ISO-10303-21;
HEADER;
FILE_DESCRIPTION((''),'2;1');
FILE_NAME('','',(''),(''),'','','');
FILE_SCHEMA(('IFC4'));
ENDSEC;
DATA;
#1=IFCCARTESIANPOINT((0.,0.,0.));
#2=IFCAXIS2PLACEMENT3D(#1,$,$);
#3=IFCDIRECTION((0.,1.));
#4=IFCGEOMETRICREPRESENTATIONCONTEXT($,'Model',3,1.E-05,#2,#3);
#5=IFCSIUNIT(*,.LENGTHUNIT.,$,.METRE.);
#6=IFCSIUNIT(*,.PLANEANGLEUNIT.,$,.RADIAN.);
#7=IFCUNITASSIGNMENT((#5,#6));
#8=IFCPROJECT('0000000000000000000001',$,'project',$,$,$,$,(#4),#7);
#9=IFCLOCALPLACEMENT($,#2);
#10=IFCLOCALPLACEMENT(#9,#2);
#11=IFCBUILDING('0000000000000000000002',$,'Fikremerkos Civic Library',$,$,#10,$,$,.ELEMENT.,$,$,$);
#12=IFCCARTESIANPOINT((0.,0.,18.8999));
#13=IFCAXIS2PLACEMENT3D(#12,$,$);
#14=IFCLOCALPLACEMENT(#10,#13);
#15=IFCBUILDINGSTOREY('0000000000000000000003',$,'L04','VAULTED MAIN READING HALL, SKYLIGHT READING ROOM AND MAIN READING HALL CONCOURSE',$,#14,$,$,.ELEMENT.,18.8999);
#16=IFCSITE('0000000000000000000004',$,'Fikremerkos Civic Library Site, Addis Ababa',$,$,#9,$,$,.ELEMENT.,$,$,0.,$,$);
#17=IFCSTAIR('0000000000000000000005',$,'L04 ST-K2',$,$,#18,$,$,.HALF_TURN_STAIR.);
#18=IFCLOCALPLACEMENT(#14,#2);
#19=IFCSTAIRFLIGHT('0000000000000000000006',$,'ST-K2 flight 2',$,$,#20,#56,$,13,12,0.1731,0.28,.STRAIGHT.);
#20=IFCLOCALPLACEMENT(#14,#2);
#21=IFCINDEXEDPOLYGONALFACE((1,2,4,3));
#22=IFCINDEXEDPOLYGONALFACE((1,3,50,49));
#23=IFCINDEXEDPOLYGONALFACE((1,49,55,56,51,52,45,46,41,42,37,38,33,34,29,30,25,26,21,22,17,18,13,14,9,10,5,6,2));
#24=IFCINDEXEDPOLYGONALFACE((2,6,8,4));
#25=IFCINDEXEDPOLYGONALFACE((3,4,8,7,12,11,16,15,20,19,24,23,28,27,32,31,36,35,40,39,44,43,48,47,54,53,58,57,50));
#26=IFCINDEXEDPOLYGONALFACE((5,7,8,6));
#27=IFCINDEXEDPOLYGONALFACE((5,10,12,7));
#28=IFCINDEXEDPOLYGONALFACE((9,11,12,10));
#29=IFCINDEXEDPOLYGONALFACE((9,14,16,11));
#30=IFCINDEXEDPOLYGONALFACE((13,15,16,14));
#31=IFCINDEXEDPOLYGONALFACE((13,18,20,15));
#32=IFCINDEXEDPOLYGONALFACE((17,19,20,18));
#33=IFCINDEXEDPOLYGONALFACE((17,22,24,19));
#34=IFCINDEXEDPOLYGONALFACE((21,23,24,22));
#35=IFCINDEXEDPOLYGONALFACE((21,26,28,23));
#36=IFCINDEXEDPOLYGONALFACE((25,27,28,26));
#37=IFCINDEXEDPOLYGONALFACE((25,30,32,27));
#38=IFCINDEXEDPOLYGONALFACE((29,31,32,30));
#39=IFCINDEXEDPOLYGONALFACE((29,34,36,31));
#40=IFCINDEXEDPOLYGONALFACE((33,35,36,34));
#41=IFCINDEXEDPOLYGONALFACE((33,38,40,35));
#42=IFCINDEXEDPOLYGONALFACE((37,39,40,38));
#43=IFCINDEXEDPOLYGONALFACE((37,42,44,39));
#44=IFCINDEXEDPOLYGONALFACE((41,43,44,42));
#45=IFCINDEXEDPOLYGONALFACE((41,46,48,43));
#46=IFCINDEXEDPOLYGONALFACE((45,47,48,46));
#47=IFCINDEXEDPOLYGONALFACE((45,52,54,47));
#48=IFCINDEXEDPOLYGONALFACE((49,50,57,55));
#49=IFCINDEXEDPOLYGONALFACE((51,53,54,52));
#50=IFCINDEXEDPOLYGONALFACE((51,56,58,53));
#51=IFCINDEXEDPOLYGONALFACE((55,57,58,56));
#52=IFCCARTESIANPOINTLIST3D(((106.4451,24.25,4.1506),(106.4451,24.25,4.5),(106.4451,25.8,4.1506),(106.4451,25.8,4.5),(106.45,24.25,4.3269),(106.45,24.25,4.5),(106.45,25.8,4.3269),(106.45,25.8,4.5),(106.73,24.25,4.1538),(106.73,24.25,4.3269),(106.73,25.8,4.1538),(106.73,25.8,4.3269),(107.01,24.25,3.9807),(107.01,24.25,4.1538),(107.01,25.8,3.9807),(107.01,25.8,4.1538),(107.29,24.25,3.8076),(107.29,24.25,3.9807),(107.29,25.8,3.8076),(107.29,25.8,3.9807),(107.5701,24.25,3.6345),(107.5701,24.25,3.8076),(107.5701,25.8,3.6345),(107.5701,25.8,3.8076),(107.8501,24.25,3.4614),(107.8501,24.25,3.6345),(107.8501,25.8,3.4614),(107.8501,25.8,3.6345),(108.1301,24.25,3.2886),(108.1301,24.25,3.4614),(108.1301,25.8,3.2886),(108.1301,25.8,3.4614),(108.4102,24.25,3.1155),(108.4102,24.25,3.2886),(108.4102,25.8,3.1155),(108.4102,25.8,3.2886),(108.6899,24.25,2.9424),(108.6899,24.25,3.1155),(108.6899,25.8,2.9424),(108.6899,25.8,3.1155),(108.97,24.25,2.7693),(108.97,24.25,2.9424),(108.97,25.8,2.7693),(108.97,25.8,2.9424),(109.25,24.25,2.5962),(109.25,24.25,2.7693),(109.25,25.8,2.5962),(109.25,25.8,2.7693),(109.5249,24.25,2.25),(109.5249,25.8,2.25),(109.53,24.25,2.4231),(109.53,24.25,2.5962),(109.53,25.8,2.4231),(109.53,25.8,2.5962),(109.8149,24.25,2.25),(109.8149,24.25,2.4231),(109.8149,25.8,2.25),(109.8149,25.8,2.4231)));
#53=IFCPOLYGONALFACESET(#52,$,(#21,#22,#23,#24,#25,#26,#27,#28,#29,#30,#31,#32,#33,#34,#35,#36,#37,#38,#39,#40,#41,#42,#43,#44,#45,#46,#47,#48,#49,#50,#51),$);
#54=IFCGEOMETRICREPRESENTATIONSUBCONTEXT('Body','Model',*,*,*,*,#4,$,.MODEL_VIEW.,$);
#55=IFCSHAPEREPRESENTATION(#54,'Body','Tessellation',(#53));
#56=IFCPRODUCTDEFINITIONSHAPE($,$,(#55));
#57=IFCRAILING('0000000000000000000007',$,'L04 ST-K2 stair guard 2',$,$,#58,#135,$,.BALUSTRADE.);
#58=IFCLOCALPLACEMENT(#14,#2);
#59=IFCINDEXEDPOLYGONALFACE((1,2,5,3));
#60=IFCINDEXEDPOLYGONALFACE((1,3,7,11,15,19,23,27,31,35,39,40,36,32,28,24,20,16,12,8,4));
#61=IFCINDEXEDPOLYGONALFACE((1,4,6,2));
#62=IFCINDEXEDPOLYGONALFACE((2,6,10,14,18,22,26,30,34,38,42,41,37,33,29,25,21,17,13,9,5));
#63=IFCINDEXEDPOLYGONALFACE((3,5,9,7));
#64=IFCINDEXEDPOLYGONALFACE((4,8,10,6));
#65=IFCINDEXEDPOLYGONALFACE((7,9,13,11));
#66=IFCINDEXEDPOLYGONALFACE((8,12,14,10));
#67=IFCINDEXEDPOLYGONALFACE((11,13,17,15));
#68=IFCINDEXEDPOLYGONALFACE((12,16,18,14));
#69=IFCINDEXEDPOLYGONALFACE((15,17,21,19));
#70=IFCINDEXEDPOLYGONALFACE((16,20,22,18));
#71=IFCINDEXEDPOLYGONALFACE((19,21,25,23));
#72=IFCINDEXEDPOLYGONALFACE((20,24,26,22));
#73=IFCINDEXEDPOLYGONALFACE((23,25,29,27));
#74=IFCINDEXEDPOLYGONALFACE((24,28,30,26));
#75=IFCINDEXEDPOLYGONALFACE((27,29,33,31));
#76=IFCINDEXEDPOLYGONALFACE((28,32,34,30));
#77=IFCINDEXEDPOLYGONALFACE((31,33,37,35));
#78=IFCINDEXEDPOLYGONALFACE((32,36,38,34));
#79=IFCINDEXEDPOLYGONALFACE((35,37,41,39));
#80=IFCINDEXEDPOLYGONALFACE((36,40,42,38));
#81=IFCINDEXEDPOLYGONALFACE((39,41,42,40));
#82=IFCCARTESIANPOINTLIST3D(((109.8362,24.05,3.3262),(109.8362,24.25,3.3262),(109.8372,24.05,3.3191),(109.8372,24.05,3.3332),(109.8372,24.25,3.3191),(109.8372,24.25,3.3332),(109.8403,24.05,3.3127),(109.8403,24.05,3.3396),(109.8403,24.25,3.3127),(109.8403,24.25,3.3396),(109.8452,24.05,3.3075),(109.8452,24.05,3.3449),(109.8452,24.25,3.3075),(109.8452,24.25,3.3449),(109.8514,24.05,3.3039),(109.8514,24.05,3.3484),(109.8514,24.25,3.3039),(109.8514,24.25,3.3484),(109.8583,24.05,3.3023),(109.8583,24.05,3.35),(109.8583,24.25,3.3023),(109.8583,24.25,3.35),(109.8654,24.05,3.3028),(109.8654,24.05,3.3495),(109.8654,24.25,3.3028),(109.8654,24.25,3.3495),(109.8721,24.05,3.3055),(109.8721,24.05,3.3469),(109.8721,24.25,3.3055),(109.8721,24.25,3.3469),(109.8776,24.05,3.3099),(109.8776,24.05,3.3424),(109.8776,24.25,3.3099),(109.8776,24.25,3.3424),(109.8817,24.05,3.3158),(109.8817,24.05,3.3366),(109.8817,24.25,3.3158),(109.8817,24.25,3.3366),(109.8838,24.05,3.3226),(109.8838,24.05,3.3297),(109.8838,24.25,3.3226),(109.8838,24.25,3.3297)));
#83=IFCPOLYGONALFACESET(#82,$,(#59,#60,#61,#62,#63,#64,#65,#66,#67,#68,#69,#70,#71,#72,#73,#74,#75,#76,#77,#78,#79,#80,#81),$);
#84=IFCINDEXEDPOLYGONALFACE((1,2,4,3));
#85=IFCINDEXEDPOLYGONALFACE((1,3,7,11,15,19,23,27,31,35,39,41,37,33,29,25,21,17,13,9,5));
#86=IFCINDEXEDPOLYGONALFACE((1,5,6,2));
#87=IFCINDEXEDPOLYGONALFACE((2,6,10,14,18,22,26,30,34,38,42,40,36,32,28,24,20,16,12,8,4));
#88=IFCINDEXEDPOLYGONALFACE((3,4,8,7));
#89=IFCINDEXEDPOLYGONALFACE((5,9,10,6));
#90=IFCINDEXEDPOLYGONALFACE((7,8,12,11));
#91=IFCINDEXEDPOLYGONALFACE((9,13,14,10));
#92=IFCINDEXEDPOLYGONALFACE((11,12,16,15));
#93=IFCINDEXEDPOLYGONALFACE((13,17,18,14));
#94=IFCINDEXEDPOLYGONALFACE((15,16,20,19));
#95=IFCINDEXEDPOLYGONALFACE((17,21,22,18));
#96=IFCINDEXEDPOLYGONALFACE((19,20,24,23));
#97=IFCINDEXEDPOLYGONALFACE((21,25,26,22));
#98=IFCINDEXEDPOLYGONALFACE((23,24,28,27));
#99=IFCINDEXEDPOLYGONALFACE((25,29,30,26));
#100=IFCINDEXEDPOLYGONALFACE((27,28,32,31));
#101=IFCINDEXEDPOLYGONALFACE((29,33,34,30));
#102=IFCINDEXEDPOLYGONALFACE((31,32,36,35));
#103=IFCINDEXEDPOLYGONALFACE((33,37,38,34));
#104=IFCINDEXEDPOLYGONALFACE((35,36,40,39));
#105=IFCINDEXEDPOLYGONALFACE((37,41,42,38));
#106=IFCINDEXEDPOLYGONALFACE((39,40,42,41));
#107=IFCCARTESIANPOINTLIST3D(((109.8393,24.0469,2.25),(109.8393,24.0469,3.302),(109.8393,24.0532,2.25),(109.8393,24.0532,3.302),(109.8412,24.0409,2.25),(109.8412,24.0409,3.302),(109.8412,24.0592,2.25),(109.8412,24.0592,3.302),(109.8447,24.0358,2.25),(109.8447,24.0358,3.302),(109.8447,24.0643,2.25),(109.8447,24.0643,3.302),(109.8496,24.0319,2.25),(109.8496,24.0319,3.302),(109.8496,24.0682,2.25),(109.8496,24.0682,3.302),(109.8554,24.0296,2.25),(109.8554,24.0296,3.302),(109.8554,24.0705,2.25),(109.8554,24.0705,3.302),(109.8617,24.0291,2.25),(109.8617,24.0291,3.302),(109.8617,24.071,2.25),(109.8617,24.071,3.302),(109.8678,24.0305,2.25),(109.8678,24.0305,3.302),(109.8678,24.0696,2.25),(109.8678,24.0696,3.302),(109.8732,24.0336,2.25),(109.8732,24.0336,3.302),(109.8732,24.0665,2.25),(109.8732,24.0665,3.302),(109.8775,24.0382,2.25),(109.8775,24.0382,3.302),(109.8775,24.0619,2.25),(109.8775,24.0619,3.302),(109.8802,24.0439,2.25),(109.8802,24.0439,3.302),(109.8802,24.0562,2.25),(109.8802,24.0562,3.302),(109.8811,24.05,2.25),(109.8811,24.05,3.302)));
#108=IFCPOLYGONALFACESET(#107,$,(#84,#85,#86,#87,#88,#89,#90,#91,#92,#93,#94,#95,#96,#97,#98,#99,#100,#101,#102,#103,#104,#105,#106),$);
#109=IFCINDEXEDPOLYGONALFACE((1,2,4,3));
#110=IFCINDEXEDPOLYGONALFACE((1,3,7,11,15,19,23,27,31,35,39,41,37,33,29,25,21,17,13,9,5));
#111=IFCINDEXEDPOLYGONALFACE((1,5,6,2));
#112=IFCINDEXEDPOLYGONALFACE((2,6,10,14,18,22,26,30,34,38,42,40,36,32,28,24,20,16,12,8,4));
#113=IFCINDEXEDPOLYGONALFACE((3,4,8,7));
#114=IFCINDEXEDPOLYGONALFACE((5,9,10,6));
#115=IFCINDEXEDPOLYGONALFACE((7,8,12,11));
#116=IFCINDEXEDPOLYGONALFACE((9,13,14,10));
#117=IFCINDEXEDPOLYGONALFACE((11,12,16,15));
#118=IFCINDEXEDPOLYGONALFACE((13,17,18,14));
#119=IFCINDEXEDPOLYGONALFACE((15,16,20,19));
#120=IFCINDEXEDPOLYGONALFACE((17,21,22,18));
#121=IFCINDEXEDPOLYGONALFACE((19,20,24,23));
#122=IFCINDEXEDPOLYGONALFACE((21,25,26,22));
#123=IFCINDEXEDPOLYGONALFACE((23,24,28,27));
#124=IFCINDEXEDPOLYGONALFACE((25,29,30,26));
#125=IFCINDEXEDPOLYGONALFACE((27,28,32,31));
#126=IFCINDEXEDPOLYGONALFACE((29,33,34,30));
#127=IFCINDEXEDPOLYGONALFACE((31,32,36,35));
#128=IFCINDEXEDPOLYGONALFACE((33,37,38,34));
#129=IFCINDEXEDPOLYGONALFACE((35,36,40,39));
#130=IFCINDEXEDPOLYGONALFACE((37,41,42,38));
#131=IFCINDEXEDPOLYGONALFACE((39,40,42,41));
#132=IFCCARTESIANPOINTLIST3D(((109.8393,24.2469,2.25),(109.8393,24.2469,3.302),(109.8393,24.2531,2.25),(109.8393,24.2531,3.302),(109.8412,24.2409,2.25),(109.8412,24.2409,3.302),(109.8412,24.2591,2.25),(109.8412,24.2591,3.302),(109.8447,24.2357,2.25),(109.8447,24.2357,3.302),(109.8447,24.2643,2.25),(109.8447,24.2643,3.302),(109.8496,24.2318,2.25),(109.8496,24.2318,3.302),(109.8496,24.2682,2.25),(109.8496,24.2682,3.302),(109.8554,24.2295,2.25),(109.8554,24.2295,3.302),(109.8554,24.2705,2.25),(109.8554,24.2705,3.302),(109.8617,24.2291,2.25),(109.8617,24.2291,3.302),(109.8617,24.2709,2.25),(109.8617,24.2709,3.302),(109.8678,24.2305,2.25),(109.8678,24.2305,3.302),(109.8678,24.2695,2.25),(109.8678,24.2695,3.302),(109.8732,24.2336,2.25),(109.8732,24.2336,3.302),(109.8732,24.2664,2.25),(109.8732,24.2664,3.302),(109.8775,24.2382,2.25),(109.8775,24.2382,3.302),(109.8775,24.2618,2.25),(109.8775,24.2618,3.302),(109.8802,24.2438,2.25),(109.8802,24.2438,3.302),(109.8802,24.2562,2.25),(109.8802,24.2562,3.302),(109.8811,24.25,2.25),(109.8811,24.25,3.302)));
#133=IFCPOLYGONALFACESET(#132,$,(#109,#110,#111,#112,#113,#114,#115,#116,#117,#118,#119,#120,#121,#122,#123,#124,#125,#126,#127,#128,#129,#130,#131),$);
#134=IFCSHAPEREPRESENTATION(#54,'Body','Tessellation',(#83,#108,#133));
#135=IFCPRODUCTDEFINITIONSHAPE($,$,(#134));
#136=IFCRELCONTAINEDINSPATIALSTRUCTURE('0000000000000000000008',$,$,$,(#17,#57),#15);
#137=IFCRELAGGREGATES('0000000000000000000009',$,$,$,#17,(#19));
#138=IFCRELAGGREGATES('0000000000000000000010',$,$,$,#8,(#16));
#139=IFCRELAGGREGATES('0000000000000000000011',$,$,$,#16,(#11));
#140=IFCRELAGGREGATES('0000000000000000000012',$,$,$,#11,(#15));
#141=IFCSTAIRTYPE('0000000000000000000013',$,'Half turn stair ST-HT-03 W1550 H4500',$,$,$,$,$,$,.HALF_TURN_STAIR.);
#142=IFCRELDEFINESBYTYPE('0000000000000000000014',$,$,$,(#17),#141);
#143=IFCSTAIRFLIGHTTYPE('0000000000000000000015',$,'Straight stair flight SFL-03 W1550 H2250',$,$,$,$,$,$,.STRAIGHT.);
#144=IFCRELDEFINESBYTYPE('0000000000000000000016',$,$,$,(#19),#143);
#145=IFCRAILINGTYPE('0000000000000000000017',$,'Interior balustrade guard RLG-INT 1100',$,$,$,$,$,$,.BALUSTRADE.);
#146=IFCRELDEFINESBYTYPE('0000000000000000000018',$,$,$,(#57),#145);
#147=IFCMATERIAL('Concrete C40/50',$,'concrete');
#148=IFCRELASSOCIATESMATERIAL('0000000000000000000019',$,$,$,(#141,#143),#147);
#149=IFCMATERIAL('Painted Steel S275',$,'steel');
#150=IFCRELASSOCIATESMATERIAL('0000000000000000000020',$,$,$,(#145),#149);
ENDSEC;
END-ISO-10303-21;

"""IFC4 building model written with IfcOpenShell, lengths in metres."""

from ifc_helpers import new_model, si_unit, direction, frame, origin, origin_2d, place, context, subcontext, project, spatial, polyline, circle, outline, extrude, material, type_object, element, aggregate, save


model = new_model("IFC4")

# Units and contexts
model_context = context("Model", 3, precision=1e-05, world=origin(), true_north=direction((0.0, 1.0)))
body_context = subcontext(model_context, "Body", "Model", "MODEL_VIEW")
ifc_project = project(units=[si_unit("LENGTHUNIT", "METRE"), si_unit("PLANEANGLEUNIT", "RADIAN")], contexts=[model_context])

# Site, building, storey
site_placement = place(None, origin())
site = spatial("IfcSite", under=ifc_project, at=site_placement, Name="Fikremerkos Civic Library Site, Addis Ababa", CompositionType="ELEMENT", RefElevation=0.0)
building_placement = place(site_placement, origin())
building = spatial("IfcBuilding", under=site, at=building_placement, Name="Fikremerkos Civic Library", CompositionType="ELEMENT")
storey_placement = place(building_placement, frame((0.0, 0.0, 18.8999)))
storey = spatial("IfcBuildingStorey", under=building, at=storey_placement, Name="L04", Description="VAULTED MAIN READING HALL, SKYLIGHT READING ROOM AND MAIN READING HALL CONCOURSE", CompositionType="ELEMENT", Elevation=18.8999)

# Shared definitions
ifc_material_1 = material(Name="Concrete C40/50", Category="concrete")

# Stair, stair flight
stair_type = type_object("IfcStairType", Name="Half turn stair ST-HT-03 W1550 H4500", PredefinedType="HALF_TURN_STAIR", material=ifc_material_1)
stair_placement = place(storey_placement, origin())
stair = element("IfcStair", 1, at=stair_placement, inside=storey, type_object=stair_type, Name="L04 ST-K2", PredefinedType="HALF_TURN_STAIR")
stair_flight_type = type_object("IfcStairFlightType", Name="Straight stair flight SFL-03 W1550 H2250", PredefinedType="STRAIGHT", material=ifc_material_1)
stair_flight_placement = place(storey_placement, frame((109.8101, 25.0249, 2.25), z_axis=(0.0, 0.0, 1.0), x_axis=(-1.0, 0.0, 0.0)))
stair_flight = element("IfcStairFlight", 2, at=stair_flight_placement, type_object=stair_flight_type, Name="ST-K2 flight 2", NumberOfRisers=13, NumberOfTreads=12, PredefinedType="STRAIGHT", RiserHeight=0.1731, TreadLength=0.28, context=body_context, shape_type="SweptSolid", body=[
    extrude(outline(polyline([(-0.0049, 0.0), (-0.0049, 0.1731), (0.28, 0.1731), (0.28, 0.3462), (0.5601, 0.3462), (0.5601, 0.5193), (0.8401, 0.5193), (0.8401, 0.6924), (1.1201, 0.6924), (1.1201, 0.8655), (1.3999, 0.8655), (1.3999, 1.0386), (1.6799, 1.0386), (1.6799, 1.2114), (1.96, 1.2114), (1.96, 1.3845), (2.24, 1.3845), (2.24, 1.5576), (2.52, 1.5576), (2.52, 1.7307), (2.8, 1.7307), (2.8, 1.9038), (3.0801, 1.9038), (3.0801, 2.0769), (3.3601, 2.0769), (3.3601, 2.25), (3.365, 2.25), (3.365, 1.9006), (0.2852, 0.0), (-0.0049, 0.0)])), frame((0.0, 0.7749, 0.0), z_axis=(0.0, -1.0, 0.0), x_axis=(1.0, 0.0, 0.0)), (0.0, 0.0, 1.0), 1.55),
])
aggregate(stair, [stair_flight])

# Railing
ifc_material_2 = material(Name="Painted Steel S275", Category="steel")
railing_type_1 = type_object("IfcRailingType", Name="Interior balustrade guard RLG-INT 1100", PredefinedType="BALUSTRADE", material=ifc_material_2)
railing_1_placement = place(storey_placement, frame((109.8601, 24.05, 2.25)))
element("IfcRailing", 3, at=railing_1_placement, inside=storey, type_object=railing_type_1, Name="L04 ST-K2 stair guard 2", PredefinedType="BALUSTRADE", context=body_context, shape_type="SweptSolid", body=[
    extrude(circle(Radius=0.0239, at=origin_2d()), frame((0.0, 0.0, 1.0762), z_axis=(0.0, 1.0, 0.0), x_axis=(-1.0, 0.0, 0.0)), (0.0, 0.0, 1.0), 0.2),
    extrude(circle(Radius=0.021, at=origin_2d()), origin(), (0.0, 0.0, 1.0), 1.052),
    extrude(circle(Radius=0.021, at=origin_2d()), frame((0.0, 0.2, 0.0)), (0.0, 0.0, 1.0), 1.052),
])

save(model, "model.ifc")
